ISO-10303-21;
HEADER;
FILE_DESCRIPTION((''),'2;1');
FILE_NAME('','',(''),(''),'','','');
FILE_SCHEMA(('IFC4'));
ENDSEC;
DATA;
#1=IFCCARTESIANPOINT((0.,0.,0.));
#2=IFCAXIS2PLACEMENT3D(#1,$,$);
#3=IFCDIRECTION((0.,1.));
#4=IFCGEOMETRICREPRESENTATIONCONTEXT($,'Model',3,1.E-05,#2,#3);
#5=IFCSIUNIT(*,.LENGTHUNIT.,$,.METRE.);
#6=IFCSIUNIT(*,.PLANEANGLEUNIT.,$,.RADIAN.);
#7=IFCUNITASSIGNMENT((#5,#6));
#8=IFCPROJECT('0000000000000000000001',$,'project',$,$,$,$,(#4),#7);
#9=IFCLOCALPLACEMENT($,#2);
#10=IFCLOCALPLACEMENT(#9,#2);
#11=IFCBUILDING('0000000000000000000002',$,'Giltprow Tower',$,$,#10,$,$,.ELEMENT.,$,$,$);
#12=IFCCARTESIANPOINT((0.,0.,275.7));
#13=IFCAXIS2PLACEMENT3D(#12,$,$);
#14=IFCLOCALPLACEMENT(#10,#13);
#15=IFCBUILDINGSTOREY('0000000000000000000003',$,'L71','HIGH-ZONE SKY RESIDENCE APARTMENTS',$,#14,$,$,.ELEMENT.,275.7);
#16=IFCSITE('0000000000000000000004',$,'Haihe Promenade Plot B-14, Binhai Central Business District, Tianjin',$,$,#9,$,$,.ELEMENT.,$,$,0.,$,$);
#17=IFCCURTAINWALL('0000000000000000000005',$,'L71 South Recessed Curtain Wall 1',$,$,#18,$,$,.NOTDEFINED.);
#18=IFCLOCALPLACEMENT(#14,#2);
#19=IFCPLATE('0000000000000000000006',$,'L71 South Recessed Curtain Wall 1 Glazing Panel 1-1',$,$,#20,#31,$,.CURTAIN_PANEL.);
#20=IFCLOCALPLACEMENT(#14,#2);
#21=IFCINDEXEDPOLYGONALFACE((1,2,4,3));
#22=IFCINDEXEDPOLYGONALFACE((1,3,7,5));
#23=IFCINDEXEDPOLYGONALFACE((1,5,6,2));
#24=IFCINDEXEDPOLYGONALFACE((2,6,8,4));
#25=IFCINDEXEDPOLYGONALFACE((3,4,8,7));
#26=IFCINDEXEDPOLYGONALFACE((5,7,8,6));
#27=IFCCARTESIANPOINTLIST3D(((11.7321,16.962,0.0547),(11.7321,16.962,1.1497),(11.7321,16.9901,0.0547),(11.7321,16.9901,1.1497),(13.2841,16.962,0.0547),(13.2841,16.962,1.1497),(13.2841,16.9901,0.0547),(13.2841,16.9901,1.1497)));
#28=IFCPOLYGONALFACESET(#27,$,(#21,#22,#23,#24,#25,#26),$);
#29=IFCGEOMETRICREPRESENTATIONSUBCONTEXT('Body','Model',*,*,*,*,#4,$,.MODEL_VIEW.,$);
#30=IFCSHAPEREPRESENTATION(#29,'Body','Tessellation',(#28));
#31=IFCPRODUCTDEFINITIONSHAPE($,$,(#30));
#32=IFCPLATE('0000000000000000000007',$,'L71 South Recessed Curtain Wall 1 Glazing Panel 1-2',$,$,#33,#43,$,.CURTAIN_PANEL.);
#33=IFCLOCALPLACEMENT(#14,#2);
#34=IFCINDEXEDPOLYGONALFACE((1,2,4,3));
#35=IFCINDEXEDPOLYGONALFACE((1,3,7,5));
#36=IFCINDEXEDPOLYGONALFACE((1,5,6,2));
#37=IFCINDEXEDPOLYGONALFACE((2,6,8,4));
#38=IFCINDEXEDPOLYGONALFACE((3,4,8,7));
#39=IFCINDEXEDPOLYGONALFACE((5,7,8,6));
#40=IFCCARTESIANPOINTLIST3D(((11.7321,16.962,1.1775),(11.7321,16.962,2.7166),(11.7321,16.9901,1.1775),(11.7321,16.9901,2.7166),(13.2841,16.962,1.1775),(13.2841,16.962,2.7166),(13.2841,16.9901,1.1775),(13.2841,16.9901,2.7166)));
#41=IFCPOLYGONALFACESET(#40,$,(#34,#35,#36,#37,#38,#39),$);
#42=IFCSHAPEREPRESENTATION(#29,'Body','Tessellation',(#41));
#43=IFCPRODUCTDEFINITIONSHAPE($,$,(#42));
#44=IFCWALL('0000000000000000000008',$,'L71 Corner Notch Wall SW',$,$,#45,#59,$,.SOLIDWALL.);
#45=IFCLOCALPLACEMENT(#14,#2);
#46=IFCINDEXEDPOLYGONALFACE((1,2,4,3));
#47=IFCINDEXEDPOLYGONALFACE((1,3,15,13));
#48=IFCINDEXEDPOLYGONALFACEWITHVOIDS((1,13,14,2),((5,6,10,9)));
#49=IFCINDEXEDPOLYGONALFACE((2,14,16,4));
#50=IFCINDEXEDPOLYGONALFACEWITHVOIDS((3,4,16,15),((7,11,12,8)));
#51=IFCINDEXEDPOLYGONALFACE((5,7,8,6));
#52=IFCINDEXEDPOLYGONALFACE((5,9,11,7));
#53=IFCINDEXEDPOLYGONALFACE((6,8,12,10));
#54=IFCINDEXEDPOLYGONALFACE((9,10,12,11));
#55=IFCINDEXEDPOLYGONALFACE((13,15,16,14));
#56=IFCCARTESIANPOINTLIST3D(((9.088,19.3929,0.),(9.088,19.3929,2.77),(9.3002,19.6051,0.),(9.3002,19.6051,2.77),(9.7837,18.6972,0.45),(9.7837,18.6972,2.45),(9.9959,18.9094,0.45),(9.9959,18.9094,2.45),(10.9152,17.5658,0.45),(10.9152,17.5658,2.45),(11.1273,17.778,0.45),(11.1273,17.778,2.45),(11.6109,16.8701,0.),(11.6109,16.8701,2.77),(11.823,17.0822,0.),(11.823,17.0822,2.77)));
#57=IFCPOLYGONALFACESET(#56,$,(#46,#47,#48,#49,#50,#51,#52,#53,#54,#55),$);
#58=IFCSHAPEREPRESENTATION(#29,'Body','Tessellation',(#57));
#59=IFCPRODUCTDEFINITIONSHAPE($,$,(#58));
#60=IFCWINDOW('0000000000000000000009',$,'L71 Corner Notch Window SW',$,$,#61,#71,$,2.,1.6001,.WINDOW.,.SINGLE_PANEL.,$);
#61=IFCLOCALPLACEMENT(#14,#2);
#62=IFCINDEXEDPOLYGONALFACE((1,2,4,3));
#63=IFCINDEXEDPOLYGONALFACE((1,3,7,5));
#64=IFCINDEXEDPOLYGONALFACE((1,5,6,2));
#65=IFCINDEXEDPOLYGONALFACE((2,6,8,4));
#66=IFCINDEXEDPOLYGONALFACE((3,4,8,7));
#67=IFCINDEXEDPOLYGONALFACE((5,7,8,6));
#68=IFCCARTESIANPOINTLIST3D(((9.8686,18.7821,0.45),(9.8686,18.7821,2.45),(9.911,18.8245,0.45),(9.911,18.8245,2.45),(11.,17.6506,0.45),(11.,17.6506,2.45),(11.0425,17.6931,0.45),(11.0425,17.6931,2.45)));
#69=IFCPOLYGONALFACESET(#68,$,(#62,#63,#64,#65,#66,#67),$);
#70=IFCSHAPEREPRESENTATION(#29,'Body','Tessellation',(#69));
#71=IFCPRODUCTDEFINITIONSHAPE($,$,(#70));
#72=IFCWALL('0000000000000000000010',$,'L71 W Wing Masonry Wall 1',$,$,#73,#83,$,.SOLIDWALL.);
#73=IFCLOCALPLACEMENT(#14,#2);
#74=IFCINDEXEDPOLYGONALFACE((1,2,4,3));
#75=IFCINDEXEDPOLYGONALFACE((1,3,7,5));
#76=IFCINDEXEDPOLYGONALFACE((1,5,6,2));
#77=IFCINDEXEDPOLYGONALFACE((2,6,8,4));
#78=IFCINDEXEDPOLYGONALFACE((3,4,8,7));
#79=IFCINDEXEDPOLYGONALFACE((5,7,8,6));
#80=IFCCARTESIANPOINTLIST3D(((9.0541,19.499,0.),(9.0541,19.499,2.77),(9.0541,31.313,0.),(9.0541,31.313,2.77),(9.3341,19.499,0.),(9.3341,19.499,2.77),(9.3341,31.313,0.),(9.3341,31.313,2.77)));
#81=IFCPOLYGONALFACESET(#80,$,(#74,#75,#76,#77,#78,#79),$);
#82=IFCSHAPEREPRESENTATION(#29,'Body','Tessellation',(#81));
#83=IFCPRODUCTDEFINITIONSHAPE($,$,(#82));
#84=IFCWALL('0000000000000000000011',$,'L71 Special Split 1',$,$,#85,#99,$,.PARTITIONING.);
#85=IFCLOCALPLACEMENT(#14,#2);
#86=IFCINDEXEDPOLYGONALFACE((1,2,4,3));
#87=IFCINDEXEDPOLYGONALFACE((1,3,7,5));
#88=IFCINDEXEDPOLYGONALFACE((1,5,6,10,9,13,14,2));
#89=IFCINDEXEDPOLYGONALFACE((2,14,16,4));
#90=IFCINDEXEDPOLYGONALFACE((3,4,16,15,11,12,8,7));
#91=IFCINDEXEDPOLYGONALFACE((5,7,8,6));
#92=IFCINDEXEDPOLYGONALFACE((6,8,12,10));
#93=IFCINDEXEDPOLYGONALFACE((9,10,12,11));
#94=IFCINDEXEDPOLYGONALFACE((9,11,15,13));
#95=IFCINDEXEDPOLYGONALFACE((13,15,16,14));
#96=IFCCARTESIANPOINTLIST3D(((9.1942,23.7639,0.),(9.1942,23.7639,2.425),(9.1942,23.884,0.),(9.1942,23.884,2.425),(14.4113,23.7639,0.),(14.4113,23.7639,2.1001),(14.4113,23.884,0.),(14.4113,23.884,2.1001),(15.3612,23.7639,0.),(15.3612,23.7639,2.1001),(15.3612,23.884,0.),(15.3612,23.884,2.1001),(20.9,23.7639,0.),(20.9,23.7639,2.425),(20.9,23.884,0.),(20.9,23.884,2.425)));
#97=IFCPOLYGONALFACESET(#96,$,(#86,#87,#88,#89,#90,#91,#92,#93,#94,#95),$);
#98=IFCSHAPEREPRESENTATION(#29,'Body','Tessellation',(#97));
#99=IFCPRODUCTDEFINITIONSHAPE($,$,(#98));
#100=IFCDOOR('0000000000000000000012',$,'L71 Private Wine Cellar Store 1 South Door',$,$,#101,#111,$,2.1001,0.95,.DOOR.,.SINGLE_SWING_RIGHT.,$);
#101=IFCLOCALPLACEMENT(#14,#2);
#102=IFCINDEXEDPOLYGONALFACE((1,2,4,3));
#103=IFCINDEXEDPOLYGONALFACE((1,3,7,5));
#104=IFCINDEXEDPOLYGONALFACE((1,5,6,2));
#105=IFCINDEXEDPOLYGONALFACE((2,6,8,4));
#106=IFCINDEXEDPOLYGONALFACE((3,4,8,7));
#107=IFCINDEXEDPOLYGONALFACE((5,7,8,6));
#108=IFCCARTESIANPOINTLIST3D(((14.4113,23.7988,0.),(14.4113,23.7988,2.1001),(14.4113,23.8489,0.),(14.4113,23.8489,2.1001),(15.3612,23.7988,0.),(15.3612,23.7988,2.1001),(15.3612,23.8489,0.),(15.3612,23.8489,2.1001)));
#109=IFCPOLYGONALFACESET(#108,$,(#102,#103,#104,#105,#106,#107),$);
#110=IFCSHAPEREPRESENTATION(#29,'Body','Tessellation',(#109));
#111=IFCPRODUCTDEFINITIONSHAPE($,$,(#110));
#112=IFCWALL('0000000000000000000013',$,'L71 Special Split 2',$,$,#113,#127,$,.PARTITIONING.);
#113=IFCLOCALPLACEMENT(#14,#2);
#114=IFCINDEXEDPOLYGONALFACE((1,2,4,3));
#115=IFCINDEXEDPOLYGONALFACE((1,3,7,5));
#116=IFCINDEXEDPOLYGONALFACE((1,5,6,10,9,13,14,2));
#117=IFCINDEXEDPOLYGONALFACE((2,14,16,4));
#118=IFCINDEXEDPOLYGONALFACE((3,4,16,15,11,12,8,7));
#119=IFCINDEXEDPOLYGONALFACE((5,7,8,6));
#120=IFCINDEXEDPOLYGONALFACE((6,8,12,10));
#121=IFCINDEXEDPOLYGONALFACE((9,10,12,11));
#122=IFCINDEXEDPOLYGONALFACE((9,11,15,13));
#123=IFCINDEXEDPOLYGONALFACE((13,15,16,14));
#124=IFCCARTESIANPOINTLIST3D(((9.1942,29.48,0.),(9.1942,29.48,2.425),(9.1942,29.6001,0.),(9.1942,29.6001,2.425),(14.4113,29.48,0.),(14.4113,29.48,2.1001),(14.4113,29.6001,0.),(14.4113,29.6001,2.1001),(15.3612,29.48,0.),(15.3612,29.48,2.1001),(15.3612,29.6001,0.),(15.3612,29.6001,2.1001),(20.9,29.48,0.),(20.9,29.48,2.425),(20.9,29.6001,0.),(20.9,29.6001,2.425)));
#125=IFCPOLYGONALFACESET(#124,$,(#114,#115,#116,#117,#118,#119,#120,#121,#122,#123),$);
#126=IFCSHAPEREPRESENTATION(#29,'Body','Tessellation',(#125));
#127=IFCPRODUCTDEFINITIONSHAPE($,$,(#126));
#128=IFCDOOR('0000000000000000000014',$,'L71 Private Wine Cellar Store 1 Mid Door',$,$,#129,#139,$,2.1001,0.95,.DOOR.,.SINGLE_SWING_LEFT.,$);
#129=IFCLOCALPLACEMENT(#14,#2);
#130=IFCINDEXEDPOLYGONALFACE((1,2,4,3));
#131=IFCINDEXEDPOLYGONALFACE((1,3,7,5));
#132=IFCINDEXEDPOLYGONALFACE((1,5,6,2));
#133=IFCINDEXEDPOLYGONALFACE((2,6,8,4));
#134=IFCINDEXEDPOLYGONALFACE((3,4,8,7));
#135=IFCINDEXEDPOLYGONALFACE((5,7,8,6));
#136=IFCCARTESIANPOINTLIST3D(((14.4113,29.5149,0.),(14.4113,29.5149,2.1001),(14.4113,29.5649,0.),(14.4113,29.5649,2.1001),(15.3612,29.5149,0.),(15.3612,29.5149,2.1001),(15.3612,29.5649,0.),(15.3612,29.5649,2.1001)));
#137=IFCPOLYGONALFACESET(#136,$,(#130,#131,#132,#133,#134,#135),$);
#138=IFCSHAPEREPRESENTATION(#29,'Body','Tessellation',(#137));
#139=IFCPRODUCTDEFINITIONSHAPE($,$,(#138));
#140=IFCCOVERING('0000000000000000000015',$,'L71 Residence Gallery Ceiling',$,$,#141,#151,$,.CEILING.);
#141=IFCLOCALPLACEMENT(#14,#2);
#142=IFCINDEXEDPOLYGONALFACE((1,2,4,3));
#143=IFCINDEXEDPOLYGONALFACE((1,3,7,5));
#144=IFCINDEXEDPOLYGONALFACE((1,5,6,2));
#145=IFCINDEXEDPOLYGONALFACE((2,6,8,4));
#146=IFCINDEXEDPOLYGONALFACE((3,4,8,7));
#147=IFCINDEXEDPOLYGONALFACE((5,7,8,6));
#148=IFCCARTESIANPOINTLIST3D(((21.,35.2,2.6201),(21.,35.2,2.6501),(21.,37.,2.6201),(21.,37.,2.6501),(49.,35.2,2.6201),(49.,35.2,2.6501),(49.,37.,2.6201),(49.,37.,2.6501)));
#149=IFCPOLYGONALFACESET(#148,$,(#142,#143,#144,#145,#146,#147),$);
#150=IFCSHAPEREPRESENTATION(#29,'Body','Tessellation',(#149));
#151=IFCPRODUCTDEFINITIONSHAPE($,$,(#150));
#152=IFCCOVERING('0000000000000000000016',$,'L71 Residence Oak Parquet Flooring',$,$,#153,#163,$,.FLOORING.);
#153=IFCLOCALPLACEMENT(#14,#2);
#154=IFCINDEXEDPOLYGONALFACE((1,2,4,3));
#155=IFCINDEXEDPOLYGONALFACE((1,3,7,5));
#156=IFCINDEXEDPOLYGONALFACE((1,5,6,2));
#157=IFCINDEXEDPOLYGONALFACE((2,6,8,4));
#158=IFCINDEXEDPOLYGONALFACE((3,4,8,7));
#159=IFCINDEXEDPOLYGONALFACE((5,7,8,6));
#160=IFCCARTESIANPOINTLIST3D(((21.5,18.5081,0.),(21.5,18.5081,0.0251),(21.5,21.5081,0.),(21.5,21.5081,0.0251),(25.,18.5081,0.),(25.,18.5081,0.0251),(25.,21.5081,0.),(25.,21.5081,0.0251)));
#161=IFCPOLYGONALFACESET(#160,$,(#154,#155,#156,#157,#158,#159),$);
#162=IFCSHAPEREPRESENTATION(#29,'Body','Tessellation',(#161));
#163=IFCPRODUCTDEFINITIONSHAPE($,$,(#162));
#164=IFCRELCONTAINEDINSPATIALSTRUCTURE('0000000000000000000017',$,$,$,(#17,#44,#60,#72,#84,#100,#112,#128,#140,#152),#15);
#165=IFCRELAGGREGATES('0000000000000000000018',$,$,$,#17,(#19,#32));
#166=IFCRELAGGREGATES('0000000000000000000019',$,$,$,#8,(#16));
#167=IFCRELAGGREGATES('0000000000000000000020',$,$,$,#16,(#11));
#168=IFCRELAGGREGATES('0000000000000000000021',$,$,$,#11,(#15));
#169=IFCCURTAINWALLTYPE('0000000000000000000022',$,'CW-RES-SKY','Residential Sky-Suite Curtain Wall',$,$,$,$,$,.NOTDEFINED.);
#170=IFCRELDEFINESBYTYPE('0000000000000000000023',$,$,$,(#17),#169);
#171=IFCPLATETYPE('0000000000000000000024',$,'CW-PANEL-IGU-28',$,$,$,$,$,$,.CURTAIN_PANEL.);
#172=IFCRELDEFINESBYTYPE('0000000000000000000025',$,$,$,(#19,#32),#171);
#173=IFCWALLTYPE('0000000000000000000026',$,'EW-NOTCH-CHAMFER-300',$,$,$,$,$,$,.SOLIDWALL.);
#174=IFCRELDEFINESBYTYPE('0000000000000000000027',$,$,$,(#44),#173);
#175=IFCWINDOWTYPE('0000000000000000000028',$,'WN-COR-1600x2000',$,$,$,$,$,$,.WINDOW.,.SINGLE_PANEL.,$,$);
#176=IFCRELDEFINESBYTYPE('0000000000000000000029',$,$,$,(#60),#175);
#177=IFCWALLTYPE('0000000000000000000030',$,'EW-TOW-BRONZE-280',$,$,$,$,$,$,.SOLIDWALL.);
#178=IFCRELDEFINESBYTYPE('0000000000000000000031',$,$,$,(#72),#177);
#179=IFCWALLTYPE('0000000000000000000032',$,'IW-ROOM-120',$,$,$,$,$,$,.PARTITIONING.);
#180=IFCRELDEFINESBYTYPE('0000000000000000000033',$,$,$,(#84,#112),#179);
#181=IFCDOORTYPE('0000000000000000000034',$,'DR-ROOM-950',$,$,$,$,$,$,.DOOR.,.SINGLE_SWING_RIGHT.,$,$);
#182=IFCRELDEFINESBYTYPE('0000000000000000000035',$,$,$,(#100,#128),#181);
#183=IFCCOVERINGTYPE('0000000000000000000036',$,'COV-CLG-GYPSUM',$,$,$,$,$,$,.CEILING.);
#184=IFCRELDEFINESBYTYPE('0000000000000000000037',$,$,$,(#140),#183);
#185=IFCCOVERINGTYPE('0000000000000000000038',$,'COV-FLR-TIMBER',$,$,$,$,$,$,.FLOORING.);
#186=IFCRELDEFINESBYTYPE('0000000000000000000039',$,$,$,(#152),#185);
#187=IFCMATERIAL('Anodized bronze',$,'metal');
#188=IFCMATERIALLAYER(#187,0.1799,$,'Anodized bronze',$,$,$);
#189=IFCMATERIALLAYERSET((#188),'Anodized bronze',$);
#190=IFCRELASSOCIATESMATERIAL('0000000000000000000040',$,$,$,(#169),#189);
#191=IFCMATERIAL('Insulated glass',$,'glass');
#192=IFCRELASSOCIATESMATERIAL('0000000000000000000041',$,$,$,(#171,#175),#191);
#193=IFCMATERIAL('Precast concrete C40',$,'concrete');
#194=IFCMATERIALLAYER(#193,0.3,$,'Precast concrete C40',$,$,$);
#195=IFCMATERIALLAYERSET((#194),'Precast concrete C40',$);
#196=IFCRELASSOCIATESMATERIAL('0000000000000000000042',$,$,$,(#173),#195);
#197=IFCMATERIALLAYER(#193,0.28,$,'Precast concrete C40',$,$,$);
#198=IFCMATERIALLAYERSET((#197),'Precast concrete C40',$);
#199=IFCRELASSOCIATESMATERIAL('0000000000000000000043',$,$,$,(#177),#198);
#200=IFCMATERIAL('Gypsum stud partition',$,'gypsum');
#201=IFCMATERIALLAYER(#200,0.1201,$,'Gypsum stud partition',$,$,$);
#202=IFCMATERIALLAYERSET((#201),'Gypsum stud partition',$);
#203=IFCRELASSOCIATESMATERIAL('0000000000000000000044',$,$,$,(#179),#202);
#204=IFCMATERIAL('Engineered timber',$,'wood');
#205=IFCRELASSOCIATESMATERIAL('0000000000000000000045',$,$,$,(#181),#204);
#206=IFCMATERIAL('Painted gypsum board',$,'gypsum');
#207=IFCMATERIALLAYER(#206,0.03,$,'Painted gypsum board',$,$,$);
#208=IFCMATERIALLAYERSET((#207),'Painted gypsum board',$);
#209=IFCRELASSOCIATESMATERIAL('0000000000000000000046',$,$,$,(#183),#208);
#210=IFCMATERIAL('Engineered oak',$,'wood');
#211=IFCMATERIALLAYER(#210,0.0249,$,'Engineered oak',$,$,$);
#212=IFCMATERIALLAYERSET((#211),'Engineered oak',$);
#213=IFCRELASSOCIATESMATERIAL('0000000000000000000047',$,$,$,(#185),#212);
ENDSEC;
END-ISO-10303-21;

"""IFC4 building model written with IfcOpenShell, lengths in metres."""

from ifc_helpers import new_model, si_unit, direction, frame, frame_2d, origin, origin_2d, place, context, subcontext, project, spatial, polyline, rectangle, outline, extrude, source, transform, mapped, material, layer, layer_set, type_object, element, fill, aggregate, save


model = new_model("IFC4")

# Units and contexts
model_context = context("Model", 3, precision=1e-05, world=origin(), true_north=direction((0.0, 1.0)))
body_context = subcontext(model_context, "Body", "Model", "MODEL_VIEW")
ifc_project = project(units=[si_unit("LENGTHUNIT", "METRE"), si_unit("PLANEANGLEUNIT", "RADIAN")], contexts=[model_context])

# Site, building, storey
site_placement = place(None, origin())
site = spatial("IfcSite", under=ifc_project, at=site_placement, Name="Haihe Promenade Plot B-14, Binhai Central Business District, Tianjin", CompositionType="ELEMENT", RefElevation=0.0)
building_placement = place(site_placement, origin())
building = spatial("IfcBuilding", under=site, at=building_placement, Name="Giltprow Tower", CompositionType="ELEMENT")
storey_placement = place(building_placement, frame((0.0, 0.0, 275.7)))
storey = spatial("IfcBuildingStorey", under=building, at=storey_placement, Name="L71", Description="HIGH-ZONE SKY RESIDENCE APARTMENTS", CompositionType="ELEMENT", Elevation=275.7)

# Curtain wall
ifc_material_1 = material(Name="Anodized bronze", Category="metal")
ifc_layer_1 = layer(ifc_material_1, 0.1799, Name="Anodized bronze")
ifc_layer_set_1 = layer_set([ifc_layer_1], Name="Anodized bronze")
curtain_wall_type = type_object("IfcCurtainWallType", Name="CW-RES-SKY", Description="Residential Sky-Suite Curtain Wall", PredefinedType="NOTDEFINED", material=ifc_layer_set_1)
curtain_wall_placement = place(storey_placement, origin())
curtain_wall = element("IfcCurtainWall", 1, at=curtain_wall_placement, inside=storey, type_object=curtain_wall_type, Name="L71 South Recessed Curtain Wall 1", PredefinedType="NOTDEFINED")

# Plates
ifc_material_2 = material(Name="Insulated glass", Category="glass")
plate_type_1 = type_object("IfcPlateType", Name="CW-PANEL-IGU-28", PredefinedType="CURTAIN_PANEL", material=ifc_material_2)
shared_shape_1 = source(origin(), body_context, "Body", "SweptSolid", [
    extrude(rectangle(XDim=1.552, YDim=0.0281, at=origin_2d()), origin(), (0.0, 0.0, 1.0), 1.095),
])
plate_1_placement = place(storey_placement, frame((12.5081, 16.9761, 0.0547), z_axis=(0.0, 0.0, 1.0), x_axis=(1.0, 0.0, 0.0)))
plate_1 = element("IfcPlate", 2, at=plate_1_placement, type_object=plate_type_1, Name="L71 South Recessed Curtain Wall 1 Glazing Panel 1-1", PredefinedType="CURTAIN_PANEL", context=body_context, shape_type="MappedRepresentation", body=[
    mapped(shared_shape_1, transform((0.0, 0.0, 0.0), x_axis=(1.0, 0.0, 0.0), y_axis=(0.0, 1.0, 0.0), z_axis=(0.0, 0.0, 1.0), scale=1.0)),
])
shared_shape_2 = source(origin(), body_context, "Body", "SweptSolid", [
    extrude(rectangle(XDim=1.552, YDim=0.0281, at=origin_2d()), origin(), (0.0, 0.0, 1.0), 1.5391),
])
plate_2_placement = place(storey_placement, frame((12.5081, 16.9761, 1.1775), z_axis=(0.0, 0.0, 1.0), x_axis=(1.0, 0.0, 0.0)))
plate_2 = element("IfcPlate", 3, at=plate_2_placement, type_object=plate_type_1, Name="L71 South Recessed Curtain Wall 1 Glazing Panel 1-2", PredefinedType="CURTAIN_PANEL", context=body_context, shape_type="MappedRepresentation", body=[
    mapped(shared_shape_2, transform((0.0, 0.0, 0.0), x_axis=(1.0, 0.0, 0.0), y_axis=(0.0, 1.0, 0.0), z_axis=(0.0, 0.0, 1.0), scale=1.0)),
])
aggregate(curtain_wall, [plate_1, plate_2])

# Wall, opening, window
ifc_material_3 = material(Name="Precast concrete C40", Category="concrete")
ifc_layer_2 = layer(ifc_material_3, 0.3, Name="Precast concrete C40")
ifc_layer_set_2 = layer_set([ifc_layer_2], Name="Precast concrete C40")
wall_type_1 = type_object("IfcWallType", Name="EW-NOTCH-CHAMFER-300", PredefinedType="SOLIDWALL", material=ifc_layer_set_2)
wall_1_placement = place(storey_placement, frame((9.1941, 19.499, 0.0), z_axis=(0.0, 0.0, 1.0), x_axis=(0.707107, -0.707107, 0.0)))
wall_1 = element("IfcWall", 4, at=wall_1_placement, inside=storey, type_object=wall_type_1, Name="L71 Corner Notch Wall SW", PredefinedType="SOLIDWALL", context=body_context, shape_type="SweptSolid", body=[
    extrude(rectangle(XDim=3.5679, YDim=0.3, at=frame_2d((1.7839, 0.0))), origin(), (0.0, 0.0, 1.0), 2.77),
])
opening_1_placement = place(wall_1_placement, frame((0.9839, 0.0, 0.45)))
opening_1 = element("IfcOpeningElement", 5, at=opening_1_placement, cuts=wall_1, PredefinedType="OPENING", context=body_context, shape_type="SweptSolid", body=[
    extrude(rectangle(XDim=1.6001, YDim=2.0, at=frame_2d((0.8, 1.0))), frame((0.0, 0.1599, 0.0), z_axis=(0.0, -1.0, 0.0), x_axis=(1.0, 0.0, 0.0)), (0.0, 0.0, 1.0), 0.3201),
])
window_type = type_object("IfcWindowType", Name="WN-COR-1600x2000", PartitioningType="SINGLE_PANEL", PredefinedType="WINDOW", material=ifc_material_2)
shared_shape_3 = source(origin(), body_context, "Body", "SweptSolid", [
    extrude(rectangle(XDim=1.6001, YDim=2.0, at=frame_2d((0.8, 1.0))), frame((0.0, 0.03, 0.0), z_axis=(0.0, -1.0, 0.0), x_axis=(1.0, 0.0, 0.0)), (0.0, 0.0, 1.0), 0.0601),
])
window_placement = place(opening_1_placement, origin())
window = element("IfcWindow", 6, at=window_placement, inside=storey, type_object=window_type, Name="L71 Corner Notch Window SW", OverallHeight=2.0, OverallWidth=1.6001, PartitioningType="SINGLE_PANEL", PredefinedType="WINDOW", context=body_context, shape_type="MappedRepresentation", body=[
    mapped(shared_shape_3, transform((0.0, 0.0, 0.0), x_axis=(1.0, 0.0, 0.0), y_axis=(0.0, 1.0, 0.0), z_axis=(0.0, 0.0, 1.0), scale=1.0)),
])
fill(opening_1, window)

# Wall
ifc_layer_3 = layer(ifc_material_3, 0.28, Name="Precast concrete C40")
ifc_layer_set_3 = layer_set([ifc_layer_3], Name="Precast concrete C40")
wall_type_2 = type_object("IfcWallType", Name="EW-TOW-BRONZE-280", PredefinedType="SOLIDWALL", material=ifc_layer_set_3)
wall_2_placement = place(storey_placement, frame((9.1941, 19.499, 0.0), z_axis=(0.0, 0.0, 1.0), x_axis=(0.0, 1.0, 0.0)))
element("IfcWall", 7, at=wall_2_placement, inside=storey, type_object=wall_type_2, Name="L71 W Wing Masonry Wall 1", PredefinedType="SOLIDWALL", context=body_context, shape_type="SweptSolid", body=[
    extrude(rectangle(XDim=11.814, YDim=0.28, at=frame_2d((5.907, 0.0))), origin(), (0.0, 0.0, 1.0), 2.77),
])

# Walls, openings, doors
ifc_material_4 = material(Name="Gypsum stud partition", Category="gypsum")
ifc_layer_4 = layer(ifc_material_4, 0.1201, Name="Gypsum stud partition")
ifc_layer_set_4 = layer_set([ifc_layer_4], Name="Gypsum stud partition")
wall_type_3 = type_object("IfcWallType", Name="IW-ROOM-120", PredefinedType="PARTITIONING", material=ifc_layer_set_4)
wall_3_placement = place(storey_placement, frame((9.1941, 23.824, 0.0), z_axis=(0.0, 0.0, 1.0), x_axis=(1.0, 0.0, 0.0)))
wall_3 = element("IfcWall", 8, at=wall_3_placement, inside=storey, type_object=wall_type_3, Name="L71 Special Split 1", PredefinedType="PARTITIONING", context=body_context, shape_type="SweptSolid", body=[
    extrude(rectangle(XDim=11.7058, YDim=0.1201, at=frame_2d((5.853, 0.0))), origin(), (0.0, 0.0, 1.0), 2.425),
])
opening_2_placement = place(wall_3_placement, frame((5.217, 0.0, 0.0)))
opening_2 = element("IfcOpeningElement", 9, at=opening_2_placement, cuts=wall_3, PredefinedType="OPENING", context=body_context, shape_type="SweptSolid", body=[
    extrude(rectangle(XDim=0.95, YDim=2.1001, at=frame_2d((0.4751, 1.05))), frame((0.0, 0.0701, 0.0), z_axis=(0.0, -1.0, 0.0), x_axis=(1.0, 0.0, 0.0)), (0.0, 0.0, 1.0), 0.1401),
])
ifc_material_5 = material(Name="Engineered timber", Category="wood")
door_type = type_object("IfcDoorType", Name="DR-ROOM-950", OperationType="SINGLE_SWING_RIGHT", PredefinedType="DOOR", material=ifc_material_5)
shared_shape_4 = source(origin(), body_context, "Body", "SweptSolid", [
    extrude(rectangle(XDim=0.95, YDim=2.1001, at=frame_2d((0.4751, 1.05))), frame((0.0, 0.0249, 0.0), z_axis=(0.0, -1.0, 0.0), x_axis=(1.0, 0.0, 0.0)), (0.0, 0.0, 1.0), 0.05),
])
door_1_placement = place(opening_2_placement, origin())
door_1 = element("IfcDoor", 10, at=door_1_placement, inside=storey, type_object=door_type, Name="L71 Private Wine Cellar Store 1 South Door", OperationType="SINGLE_SWING_RIGHT", OverallHeight=2.1001, OverallWidth=0.95, PredefinedType="DOOR", context=body_context, shape_type="MappedRepresentation", body=[
    mapped(shared_shape_4, transform((0.0, 0.0, 0.0), x_axis=(1.0, 0.0, 0.0), y_axis=(0.0, 1.0, 0.0), z_axis=(0.0, 0.0, 1.0), scale=1.0)),
])
fill(opening_2, door_1)
wall_4_placement = place(storey_placement, frame((9.1941, 29.54, 0.0), z_axis=(0.0, 0.0, 1.0), x_axis=(1.0, 0.0, 0.0)))
wall_4 = element("IfcWall", 11, at=wall_4_placement, inside=storey, type_object=wall_type_3, Name="L71 Special Split 2", PredefinedType="PARTITIONING", context=body_context, shape_type="SweptSolid", body=[
    extrude(rectangle(XDim=11.7058, YDim=0.1201, at=frame_2d((5.853, 0.0))), origin(), (0.0, 0.0, 1.0), 2.425),
])
opening_3_placement = place(wall_4_placement, frame((5.217, 0.0, 0.0)))
opening_3 = element("IfcOpeningElement", 12, at=opening_3_placement, cuts=wall_4, PredefinedType="OPENING", context=body_context, shape_type="SweptSolid", body=[
    extrude(rectangle(XDim=0.95, YDim=2.1001, at=frame_2d((0.4751, 1.05))), frame((0.0, 0.0701, 0.0), z_axis=(0.0, -1.0, 0.0), x_axis=(1.0, 0.0, 0.0)), (0.0, 0.0, 1.0), 0.1401),
])
door_2_placement = place(opening_3_placement, origin())
door_2 = element("IfcDoor", 13, at=door_2_placement, inside=storey, type_object=door_type, Name="L71 Private Wine Cellar Store 1 Mid Door", OperationType="SINGLE_SWING_LEFT", OverallHeight=2.1001, OverallWidth=0.95, PredefinedType="DOOR", context=body_context, shape_type="MappedRepresentation", body=[
    mapped(shared_shape_4, transform((0.0, 0.0, 0.0), x_axis=(1.0, 0.0, 0.0), y_axis=(0.0, 1.0, 0.0), z_axis=(0.0, 0.0, 1.0), scale=1.0)),
])
fill(opening_3, door_2)

# Coverings
ifc_material_6 = material(Name="Painted gypsum board", Category="gypsum")
ifc_layer_5 = layer(ifc_material_6, 0.03, Name="Painted gypsum board")
ifc_layer_set_5 = layer_set([ifc_layer_5], Name="Painted gypsum board")
covering_type_1 = type_object("IfcCoveringType", Name="COV-CLG-GYPSUM", PredefinedType="CEILING", material=ifc_layer_set_5)
covering_1_placement = place(storey_placement, frame((0.0, 0.0, 2.6201)))
element("IfcCovering", 14, at=covering_1_placement, inside=storey, type_object=covering_type_1, Name="L71 Residence Gallery Ceiling", PredefinedType="CEILING", context=body_context, shape_type="SweptSolid", body=[
    extrude(outline(polyline([(21.0, 35.2), (49.0, 35.2), (49.0, 37.0), (21.0, 37.0), (21.0, 35.2)])), origin(), (0.0, 0.0, 1.0), 0.03),
])
ifc_material_7 = material(Name="Engineered oak", Category="wood")
ifc_layer_6 = layer(ifc_material_7, 0.0249, Name="Engineered oak")
ifc_layer_set_6 = layer_set([ifc_layer_6], Name="Engineered oak")
covering_type_2 = type_object("IfcCoveringType", Name="COV-FLR-TIMBER", PredefinedType="FLOORING", material=ifc_layer_set_6)
covering_2_placement = place(storey_placement, origin())
element("IfcCovering", 15, at=covering_2_placement, inside=storey, type_object=covering_type_2, Name="L71 Residence Oak Parquet Flooring", PredefinedType="FLOORING", context=body_context, shape_type="SweptSolid", body=[
    extrude(outline(polyline([(21.5, 18.5081), (25.0, 18.5081), (25.0, 21.5081), (21.5, 21.5081), (21.5, 18.5081)])), origin(), (0.0, 0.0, 1.0), 0.0251),
])

save(model, "model.ifc")
